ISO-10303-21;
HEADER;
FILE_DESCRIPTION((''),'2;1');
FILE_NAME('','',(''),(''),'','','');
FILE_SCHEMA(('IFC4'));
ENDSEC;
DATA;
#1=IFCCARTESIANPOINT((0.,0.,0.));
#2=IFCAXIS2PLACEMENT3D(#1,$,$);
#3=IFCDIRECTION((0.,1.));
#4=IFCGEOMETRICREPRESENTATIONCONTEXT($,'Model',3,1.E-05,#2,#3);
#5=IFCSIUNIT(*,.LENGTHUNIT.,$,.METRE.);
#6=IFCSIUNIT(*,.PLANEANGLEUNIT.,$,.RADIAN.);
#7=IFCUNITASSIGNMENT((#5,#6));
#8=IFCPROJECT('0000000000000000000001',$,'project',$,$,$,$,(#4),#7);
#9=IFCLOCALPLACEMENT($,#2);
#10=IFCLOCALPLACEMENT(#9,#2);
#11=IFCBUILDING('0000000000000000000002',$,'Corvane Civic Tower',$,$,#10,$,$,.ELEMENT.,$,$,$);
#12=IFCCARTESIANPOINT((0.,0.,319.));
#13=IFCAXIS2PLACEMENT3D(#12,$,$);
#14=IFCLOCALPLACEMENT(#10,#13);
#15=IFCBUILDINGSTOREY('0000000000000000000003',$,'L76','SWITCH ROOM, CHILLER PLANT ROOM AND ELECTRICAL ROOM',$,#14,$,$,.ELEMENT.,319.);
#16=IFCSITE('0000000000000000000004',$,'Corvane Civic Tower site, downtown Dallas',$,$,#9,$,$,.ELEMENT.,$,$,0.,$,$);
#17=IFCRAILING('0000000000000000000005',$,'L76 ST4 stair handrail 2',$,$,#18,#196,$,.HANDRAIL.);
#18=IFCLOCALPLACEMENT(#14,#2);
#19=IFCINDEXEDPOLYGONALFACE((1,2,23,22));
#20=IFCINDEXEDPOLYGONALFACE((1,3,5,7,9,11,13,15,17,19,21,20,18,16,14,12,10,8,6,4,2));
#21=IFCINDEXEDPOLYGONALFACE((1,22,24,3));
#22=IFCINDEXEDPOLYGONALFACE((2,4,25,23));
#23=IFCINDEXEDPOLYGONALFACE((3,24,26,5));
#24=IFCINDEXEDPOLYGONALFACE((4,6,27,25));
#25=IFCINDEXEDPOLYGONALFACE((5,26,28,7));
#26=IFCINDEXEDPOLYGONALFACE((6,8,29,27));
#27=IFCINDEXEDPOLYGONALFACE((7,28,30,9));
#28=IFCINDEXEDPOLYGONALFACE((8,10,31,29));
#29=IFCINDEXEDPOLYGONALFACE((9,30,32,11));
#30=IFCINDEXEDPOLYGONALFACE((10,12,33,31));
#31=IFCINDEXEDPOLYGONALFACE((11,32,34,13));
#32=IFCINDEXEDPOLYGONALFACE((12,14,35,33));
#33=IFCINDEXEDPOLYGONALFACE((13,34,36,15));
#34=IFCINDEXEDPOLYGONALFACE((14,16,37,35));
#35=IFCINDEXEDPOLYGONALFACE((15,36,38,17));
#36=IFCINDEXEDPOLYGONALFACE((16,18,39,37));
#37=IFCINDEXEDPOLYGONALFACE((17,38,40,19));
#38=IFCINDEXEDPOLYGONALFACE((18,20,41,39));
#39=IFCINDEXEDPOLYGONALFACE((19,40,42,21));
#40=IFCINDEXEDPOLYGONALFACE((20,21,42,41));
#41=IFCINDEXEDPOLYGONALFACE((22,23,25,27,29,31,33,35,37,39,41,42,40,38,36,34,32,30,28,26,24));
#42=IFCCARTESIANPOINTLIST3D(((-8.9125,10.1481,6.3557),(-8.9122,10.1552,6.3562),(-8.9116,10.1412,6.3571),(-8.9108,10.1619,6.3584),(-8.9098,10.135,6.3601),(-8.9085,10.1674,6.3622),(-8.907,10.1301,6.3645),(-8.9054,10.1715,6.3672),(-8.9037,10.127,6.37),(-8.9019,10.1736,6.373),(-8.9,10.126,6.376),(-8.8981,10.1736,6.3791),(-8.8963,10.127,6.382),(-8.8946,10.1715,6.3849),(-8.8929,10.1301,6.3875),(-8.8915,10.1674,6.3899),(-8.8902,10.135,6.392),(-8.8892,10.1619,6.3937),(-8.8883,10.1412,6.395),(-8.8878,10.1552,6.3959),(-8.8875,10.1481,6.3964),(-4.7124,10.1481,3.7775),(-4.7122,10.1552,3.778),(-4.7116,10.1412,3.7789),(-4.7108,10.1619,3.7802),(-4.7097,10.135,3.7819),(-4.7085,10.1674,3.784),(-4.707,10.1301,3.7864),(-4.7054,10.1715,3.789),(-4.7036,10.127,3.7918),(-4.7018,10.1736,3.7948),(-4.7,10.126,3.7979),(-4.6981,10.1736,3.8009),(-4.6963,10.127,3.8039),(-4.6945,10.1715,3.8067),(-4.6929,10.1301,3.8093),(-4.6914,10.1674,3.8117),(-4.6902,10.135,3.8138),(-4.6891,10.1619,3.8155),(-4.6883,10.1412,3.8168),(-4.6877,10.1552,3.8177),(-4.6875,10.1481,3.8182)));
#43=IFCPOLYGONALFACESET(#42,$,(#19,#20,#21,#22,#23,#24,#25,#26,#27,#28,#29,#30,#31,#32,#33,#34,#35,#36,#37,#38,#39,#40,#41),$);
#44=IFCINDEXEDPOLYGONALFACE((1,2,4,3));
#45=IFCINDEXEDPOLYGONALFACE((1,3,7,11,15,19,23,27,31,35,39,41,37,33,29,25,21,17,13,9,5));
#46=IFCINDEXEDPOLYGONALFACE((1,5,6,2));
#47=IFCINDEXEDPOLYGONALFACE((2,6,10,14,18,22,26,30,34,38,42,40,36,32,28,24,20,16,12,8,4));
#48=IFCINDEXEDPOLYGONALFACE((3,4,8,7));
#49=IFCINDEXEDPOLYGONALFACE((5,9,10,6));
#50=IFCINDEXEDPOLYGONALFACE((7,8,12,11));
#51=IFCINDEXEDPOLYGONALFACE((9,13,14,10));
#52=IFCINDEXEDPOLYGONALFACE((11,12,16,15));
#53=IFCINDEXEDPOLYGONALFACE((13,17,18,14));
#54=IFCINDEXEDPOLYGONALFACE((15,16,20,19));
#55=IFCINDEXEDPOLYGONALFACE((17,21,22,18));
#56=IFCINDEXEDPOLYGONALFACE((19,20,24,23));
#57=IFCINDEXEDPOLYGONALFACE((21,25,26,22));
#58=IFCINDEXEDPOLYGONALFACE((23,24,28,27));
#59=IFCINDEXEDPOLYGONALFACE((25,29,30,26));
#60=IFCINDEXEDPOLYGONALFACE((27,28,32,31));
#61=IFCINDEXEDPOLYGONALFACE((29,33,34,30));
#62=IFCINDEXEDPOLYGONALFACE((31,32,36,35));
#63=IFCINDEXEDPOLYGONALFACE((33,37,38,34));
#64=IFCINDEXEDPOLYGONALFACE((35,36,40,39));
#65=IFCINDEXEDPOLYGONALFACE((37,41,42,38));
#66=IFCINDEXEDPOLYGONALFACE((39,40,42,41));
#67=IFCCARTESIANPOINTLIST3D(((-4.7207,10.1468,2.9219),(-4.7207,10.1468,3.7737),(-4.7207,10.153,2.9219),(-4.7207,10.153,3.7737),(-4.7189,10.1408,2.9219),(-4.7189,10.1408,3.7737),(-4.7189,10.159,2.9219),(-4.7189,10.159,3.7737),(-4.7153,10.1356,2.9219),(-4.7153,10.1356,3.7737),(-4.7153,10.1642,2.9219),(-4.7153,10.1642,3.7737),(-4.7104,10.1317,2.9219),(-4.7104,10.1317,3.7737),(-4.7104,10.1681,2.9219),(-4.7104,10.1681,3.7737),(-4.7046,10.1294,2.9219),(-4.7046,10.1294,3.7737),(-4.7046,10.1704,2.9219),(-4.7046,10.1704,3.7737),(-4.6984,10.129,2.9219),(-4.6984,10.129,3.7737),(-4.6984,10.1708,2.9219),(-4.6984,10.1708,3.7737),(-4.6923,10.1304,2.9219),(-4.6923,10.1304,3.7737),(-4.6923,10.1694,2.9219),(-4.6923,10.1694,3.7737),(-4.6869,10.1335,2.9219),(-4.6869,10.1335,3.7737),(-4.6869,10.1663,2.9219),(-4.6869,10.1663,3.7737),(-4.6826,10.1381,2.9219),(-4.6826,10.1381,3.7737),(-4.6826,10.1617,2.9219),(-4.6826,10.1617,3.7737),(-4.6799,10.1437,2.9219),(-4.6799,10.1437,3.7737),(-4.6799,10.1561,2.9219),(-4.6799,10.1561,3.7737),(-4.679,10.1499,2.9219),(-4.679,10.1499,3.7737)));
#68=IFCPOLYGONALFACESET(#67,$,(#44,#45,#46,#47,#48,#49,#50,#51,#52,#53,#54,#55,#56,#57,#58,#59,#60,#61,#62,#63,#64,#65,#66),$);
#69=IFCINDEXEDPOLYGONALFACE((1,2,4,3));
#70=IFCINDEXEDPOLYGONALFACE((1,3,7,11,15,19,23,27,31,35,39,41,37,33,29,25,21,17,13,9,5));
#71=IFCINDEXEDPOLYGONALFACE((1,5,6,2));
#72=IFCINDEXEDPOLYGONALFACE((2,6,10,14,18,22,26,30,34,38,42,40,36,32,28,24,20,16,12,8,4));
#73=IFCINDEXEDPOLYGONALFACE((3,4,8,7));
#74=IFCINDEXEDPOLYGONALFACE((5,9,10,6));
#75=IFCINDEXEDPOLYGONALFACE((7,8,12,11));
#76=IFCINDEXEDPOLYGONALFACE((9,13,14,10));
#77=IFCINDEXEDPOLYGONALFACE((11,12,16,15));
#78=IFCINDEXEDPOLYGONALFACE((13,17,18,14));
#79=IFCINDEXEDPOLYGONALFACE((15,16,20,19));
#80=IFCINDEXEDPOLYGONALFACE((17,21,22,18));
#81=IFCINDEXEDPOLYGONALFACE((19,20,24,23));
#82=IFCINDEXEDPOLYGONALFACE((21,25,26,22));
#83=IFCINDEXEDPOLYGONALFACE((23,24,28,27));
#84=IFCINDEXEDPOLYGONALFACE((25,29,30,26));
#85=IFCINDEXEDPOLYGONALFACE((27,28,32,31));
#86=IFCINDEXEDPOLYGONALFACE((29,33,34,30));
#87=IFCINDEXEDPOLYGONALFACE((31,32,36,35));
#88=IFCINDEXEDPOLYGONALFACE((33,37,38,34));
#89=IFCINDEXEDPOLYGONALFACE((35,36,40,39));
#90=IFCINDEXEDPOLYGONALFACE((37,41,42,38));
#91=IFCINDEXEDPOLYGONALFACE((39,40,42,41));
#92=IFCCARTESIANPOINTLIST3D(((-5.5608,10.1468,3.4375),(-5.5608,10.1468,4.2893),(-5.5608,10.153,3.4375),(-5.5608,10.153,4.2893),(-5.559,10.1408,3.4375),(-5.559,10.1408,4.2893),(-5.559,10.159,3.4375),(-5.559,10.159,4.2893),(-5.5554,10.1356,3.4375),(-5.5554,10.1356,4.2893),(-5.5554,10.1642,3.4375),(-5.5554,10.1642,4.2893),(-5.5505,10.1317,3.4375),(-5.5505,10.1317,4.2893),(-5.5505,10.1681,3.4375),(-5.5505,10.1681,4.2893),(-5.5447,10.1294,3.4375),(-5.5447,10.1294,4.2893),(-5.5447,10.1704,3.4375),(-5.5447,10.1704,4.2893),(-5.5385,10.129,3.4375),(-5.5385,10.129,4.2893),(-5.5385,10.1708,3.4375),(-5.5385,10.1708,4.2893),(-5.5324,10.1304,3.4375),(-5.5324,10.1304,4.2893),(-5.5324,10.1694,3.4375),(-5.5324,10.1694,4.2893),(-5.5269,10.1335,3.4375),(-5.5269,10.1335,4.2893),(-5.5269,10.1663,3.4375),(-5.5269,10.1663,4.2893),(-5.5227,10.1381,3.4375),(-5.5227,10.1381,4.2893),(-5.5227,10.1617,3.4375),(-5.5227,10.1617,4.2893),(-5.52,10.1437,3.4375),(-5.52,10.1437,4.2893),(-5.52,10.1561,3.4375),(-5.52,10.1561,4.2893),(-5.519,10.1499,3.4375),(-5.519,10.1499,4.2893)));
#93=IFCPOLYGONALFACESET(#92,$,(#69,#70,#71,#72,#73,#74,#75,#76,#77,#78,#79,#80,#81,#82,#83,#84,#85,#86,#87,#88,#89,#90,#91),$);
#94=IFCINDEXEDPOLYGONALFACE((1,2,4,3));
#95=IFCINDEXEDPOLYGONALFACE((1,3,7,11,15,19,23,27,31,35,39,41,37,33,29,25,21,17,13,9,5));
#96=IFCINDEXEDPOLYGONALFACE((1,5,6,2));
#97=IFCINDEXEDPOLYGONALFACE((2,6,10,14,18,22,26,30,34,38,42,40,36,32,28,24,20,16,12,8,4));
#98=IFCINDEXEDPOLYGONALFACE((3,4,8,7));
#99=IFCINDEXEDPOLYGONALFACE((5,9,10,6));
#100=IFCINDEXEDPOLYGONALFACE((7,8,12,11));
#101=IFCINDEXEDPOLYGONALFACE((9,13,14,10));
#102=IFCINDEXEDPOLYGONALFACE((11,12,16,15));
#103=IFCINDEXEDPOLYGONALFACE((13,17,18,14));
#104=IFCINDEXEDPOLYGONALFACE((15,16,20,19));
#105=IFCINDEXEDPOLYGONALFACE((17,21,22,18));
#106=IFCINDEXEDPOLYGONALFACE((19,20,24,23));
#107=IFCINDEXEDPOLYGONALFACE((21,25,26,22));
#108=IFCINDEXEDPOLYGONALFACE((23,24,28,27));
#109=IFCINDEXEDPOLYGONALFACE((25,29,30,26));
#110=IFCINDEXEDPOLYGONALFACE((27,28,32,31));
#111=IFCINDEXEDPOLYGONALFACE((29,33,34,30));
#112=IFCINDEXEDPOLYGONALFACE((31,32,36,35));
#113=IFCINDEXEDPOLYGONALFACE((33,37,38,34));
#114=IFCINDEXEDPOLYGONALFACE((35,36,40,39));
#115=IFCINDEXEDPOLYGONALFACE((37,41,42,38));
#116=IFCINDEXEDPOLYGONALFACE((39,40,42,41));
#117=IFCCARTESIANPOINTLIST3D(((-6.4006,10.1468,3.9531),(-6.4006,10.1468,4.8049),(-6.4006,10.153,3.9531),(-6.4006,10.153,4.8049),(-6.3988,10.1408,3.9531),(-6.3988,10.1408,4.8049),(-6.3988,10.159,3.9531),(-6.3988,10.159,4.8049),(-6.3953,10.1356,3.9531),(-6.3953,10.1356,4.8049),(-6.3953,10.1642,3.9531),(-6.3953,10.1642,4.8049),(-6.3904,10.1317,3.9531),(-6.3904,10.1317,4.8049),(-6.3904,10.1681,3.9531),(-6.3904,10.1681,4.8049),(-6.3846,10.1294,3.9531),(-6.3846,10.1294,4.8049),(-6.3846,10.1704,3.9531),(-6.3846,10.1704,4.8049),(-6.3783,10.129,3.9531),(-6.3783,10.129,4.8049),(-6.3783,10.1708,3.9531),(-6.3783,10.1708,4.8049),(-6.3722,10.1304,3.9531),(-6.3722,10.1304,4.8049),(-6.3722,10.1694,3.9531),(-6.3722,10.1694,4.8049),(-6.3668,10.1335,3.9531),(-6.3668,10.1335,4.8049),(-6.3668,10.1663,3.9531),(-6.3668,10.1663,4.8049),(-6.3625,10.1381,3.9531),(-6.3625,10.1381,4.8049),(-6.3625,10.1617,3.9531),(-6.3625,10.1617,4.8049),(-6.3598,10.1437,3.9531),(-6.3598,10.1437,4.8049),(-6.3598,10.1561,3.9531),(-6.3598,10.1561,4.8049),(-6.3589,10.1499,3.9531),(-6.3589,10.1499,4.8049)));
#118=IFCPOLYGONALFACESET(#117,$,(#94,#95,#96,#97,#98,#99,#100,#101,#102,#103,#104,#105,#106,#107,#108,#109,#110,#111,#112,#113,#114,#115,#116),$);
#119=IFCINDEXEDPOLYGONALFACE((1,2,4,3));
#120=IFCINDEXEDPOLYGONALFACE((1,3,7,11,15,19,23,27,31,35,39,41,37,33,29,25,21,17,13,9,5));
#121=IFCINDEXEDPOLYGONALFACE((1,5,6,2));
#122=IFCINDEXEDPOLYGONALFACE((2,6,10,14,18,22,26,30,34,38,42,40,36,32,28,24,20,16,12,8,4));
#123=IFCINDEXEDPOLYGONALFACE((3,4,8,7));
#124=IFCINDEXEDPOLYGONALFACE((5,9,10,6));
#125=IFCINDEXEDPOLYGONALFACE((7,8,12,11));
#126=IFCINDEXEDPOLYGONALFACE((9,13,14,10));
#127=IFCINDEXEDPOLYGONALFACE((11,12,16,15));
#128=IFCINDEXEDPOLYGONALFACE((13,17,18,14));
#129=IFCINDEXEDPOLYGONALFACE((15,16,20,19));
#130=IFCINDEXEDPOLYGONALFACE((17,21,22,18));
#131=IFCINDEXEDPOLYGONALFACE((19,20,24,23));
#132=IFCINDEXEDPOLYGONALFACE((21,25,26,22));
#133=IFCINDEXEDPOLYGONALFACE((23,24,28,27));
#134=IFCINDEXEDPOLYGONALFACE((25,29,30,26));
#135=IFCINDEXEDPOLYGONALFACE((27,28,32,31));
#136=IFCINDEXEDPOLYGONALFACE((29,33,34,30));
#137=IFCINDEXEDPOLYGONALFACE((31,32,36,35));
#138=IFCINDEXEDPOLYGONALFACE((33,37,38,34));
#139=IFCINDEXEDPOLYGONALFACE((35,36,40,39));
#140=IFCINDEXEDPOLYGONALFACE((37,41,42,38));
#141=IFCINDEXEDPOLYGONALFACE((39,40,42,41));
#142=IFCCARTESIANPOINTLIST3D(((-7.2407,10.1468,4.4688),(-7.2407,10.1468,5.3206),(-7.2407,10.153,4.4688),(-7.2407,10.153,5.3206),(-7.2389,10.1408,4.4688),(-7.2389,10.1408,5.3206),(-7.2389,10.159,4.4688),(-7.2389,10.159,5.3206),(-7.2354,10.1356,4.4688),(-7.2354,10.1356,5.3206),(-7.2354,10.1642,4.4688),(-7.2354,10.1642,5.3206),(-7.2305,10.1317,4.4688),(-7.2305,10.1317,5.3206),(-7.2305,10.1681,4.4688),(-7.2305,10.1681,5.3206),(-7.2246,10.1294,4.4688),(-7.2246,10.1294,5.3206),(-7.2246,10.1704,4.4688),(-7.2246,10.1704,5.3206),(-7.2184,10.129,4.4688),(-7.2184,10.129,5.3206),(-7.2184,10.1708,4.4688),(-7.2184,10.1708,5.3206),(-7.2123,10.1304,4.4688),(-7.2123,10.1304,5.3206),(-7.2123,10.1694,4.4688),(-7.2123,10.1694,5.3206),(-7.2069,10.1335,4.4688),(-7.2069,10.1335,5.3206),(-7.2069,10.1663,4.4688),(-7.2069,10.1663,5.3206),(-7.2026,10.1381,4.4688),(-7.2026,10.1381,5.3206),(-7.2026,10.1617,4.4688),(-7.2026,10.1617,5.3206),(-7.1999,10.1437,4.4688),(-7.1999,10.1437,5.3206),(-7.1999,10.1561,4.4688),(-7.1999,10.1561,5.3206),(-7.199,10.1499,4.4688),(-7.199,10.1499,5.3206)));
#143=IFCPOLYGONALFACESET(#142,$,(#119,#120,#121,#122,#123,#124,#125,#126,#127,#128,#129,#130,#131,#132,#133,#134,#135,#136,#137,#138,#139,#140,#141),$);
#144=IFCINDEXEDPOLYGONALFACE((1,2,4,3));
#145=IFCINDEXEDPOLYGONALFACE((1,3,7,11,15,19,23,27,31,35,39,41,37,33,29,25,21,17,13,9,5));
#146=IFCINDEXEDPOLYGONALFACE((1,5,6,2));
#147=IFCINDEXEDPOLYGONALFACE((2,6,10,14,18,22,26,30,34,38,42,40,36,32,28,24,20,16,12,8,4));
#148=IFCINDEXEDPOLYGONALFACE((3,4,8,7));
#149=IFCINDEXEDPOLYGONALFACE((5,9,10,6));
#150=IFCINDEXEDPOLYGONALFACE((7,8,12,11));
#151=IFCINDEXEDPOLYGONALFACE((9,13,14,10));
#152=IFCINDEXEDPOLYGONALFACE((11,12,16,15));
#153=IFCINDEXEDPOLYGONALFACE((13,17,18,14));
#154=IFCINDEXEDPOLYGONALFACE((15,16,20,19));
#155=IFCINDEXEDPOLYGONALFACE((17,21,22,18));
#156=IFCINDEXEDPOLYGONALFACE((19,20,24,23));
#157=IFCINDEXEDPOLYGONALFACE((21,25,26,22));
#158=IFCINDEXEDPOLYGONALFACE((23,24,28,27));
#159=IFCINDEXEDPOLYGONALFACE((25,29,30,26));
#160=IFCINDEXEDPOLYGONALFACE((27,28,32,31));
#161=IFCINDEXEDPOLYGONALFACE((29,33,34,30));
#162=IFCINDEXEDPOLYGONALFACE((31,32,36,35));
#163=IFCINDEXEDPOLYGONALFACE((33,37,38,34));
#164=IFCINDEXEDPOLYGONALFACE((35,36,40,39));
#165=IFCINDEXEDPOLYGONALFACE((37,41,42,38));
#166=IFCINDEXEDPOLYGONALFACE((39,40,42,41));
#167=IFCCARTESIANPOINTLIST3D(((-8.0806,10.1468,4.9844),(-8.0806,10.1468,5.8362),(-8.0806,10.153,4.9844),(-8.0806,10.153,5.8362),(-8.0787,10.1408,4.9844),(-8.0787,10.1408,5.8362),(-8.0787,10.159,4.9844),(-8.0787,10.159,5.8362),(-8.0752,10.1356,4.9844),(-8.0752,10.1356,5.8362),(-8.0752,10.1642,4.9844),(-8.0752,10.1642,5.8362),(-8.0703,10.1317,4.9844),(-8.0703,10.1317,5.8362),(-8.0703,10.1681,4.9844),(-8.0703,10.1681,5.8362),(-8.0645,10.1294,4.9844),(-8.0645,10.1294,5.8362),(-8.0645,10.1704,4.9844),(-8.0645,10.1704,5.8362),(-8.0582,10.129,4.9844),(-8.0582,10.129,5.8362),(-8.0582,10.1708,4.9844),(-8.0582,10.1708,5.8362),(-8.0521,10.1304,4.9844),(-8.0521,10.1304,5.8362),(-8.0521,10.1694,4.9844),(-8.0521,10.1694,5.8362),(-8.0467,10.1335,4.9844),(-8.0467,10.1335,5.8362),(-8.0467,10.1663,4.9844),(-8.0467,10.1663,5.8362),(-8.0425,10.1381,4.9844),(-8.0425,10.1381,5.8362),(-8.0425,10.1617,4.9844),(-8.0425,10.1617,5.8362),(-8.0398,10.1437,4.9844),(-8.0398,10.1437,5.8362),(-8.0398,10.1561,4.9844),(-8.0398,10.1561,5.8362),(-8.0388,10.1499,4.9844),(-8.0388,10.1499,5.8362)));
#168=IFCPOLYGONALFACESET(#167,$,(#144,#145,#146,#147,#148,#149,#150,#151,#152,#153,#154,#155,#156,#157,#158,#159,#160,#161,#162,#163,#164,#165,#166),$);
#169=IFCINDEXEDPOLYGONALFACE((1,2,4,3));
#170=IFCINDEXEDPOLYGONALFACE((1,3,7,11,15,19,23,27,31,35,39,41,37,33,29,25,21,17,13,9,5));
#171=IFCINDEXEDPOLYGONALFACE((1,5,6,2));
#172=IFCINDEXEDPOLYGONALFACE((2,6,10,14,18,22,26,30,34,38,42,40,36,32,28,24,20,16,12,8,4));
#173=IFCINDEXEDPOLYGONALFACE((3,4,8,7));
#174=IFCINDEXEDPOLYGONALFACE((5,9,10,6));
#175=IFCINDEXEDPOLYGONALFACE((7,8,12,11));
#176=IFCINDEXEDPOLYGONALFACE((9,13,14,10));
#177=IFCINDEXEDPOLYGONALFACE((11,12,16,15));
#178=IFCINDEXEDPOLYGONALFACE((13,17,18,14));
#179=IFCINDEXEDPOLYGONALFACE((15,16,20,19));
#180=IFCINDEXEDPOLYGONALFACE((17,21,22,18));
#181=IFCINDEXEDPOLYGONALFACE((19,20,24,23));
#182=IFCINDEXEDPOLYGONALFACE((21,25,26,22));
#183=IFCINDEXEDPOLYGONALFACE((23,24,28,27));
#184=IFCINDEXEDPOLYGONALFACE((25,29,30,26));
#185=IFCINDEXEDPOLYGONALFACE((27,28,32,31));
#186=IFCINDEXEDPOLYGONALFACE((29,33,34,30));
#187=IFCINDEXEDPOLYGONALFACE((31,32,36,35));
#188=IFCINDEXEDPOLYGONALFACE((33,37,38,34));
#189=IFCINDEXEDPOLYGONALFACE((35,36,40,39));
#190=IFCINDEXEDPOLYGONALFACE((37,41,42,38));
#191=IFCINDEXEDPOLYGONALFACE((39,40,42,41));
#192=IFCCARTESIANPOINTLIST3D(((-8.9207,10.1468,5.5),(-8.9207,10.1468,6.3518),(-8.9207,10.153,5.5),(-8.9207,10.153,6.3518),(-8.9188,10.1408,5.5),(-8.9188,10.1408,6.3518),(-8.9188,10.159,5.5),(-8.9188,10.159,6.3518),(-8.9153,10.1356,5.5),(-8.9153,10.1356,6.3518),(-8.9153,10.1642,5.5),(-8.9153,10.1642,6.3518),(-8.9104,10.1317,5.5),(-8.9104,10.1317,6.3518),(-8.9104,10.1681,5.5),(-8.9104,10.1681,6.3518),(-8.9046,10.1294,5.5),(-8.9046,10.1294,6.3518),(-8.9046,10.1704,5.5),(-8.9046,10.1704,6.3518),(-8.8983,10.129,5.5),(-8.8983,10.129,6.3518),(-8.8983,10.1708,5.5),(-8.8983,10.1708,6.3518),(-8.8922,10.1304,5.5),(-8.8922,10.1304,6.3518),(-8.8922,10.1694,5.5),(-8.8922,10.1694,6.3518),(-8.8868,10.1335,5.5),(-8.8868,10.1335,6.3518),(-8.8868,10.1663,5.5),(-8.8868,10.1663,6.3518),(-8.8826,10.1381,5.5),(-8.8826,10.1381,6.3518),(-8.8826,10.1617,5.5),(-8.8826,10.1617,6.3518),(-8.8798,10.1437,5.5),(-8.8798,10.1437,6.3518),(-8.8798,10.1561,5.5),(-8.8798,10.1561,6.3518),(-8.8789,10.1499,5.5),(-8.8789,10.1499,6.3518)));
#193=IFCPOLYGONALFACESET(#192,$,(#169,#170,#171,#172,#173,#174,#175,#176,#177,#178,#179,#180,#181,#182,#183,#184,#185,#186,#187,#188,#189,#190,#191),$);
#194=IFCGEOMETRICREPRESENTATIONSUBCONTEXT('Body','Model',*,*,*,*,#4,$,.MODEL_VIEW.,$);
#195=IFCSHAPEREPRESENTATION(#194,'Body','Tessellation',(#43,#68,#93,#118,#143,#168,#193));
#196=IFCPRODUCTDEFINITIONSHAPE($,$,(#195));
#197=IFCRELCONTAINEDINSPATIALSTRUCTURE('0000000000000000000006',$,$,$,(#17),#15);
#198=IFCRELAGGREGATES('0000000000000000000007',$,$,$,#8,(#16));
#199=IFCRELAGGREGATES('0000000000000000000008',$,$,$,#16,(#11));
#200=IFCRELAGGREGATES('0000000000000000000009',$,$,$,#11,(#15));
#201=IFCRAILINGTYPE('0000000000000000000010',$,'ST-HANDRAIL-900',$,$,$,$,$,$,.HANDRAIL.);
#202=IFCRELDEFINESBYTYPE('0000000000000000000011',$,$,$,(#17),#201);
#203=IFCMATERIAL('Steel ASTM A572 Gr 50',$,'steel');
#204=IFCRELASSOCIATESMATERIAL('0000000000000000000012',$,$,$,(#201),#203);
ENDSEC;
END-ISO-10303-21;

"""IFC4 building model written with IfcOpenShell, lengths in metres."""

from ifc_helpers import new_model, si_unit, direction, frame, origin, origin_2d, place, context, subcontext, project, spatial, circle, extrude, material, type_object, element, save


model = new_model("IFC4")

# Units and contexts
model_context = context("Model", 3, precision=1e-05, world=origin(), true_north=direction((0.0, 1.0)))
body_context = subcontext(model_context, "Body", "Model", "MODEL_VIEW")
ifc_project = project(units=[si_unit("LENGTHUNIT", "METRE"), si_unit("PLANEANGLEUNIT", "RADIAN")], contexts=[model_context])

# Site, building, storey
site_placement = place(None, origin())
site = spatial("IfcSite", under=ifc_project, at=site_placement, Name="Corvane Civic Tower site, downtown Dallas", CompositionType="ELEMENT", RefElevation=0.0)
building_placement = place(site_placement, origin())
building = spatial("IfcBuilding", under=site, at=building_placement, Name="Corvane Civic Tower", CompositionType="ELEMENT")
storey_placement = place(building_placement, frame((0.0, 0.0, 319.0)))
storey = spatial("IfcBuildingStorey", under=building, at=storey_placement, Name="L76", Description="SWITCH ROOM, CHILLER PLANT ROOM AND ELECTRICAL ROOM", CompositionType="ELEMENT", Elevation=319.0)

# Railing
ifc_material_1 = material(Name="Steel ASTM A572 Gr 50", Category="steel")
railing_type_1 = type_object("IfcRailingType", Name="ST-HANDRAIL-900", PredefinedType="HANDRAIL", material=ifc_material_1)
railing_1_placement = place(storey_placement, frame((-4.7, 10.1499, 2.9219)))
element("IfcRailing", 1, at=railing_1_placement, inside=storey, type_object=railing_type_1, Name="L76 ST4 stair handrail 2", PredefinedType="HANDRAIL", context=body_context, shape_type="SweptSolid", body=[
    extrude(circle(Radius=0.0239, at=origin_2d()), frame((0.0, 0.0, 0.876), z_axis=(-0.852243, 0.0, 0.523146), x_axis=(0.0, -1.0, 0.0)), (0.0, 0.0, 1.0), 4.9282),
    extrude(circle(Radius=0.021, at=origin_2d()), origin(), (0.0, 0.0, 1.0), 0.8518),
    extrude(circle(Radius=0.021, at=origin_2d()), frame((-0.8401, 0.0, 0.5156)), (0.0, 0.0, 1.0), 0.8518),
    extrude(circle(Radius=0.021, at=origin_2d()), frame((-1.6799, 0.0, 1.0312)), (0.0, 0.0, 1.0), 0.8518),
    extrude(circle(Radius=0.021, at=origin_2d()), frame((-2.52, 0.0, 1.5469)), (0.0, 0.0, 1.0), 0.8518),
    extrude(circle(Radius=0.021, at=origin_2d()), frame((-3.3599, 0.0, 2.0625)), (0.0, 0.0, 1.0), 0.8518),
    extrude(circle(Radius=0.021, at=origin_2d()), frame((-4.2, 0.0, 2.5781)), (0.0, 0.0, 1.0), 0.8518),
])

save(model, "model.ifc")
